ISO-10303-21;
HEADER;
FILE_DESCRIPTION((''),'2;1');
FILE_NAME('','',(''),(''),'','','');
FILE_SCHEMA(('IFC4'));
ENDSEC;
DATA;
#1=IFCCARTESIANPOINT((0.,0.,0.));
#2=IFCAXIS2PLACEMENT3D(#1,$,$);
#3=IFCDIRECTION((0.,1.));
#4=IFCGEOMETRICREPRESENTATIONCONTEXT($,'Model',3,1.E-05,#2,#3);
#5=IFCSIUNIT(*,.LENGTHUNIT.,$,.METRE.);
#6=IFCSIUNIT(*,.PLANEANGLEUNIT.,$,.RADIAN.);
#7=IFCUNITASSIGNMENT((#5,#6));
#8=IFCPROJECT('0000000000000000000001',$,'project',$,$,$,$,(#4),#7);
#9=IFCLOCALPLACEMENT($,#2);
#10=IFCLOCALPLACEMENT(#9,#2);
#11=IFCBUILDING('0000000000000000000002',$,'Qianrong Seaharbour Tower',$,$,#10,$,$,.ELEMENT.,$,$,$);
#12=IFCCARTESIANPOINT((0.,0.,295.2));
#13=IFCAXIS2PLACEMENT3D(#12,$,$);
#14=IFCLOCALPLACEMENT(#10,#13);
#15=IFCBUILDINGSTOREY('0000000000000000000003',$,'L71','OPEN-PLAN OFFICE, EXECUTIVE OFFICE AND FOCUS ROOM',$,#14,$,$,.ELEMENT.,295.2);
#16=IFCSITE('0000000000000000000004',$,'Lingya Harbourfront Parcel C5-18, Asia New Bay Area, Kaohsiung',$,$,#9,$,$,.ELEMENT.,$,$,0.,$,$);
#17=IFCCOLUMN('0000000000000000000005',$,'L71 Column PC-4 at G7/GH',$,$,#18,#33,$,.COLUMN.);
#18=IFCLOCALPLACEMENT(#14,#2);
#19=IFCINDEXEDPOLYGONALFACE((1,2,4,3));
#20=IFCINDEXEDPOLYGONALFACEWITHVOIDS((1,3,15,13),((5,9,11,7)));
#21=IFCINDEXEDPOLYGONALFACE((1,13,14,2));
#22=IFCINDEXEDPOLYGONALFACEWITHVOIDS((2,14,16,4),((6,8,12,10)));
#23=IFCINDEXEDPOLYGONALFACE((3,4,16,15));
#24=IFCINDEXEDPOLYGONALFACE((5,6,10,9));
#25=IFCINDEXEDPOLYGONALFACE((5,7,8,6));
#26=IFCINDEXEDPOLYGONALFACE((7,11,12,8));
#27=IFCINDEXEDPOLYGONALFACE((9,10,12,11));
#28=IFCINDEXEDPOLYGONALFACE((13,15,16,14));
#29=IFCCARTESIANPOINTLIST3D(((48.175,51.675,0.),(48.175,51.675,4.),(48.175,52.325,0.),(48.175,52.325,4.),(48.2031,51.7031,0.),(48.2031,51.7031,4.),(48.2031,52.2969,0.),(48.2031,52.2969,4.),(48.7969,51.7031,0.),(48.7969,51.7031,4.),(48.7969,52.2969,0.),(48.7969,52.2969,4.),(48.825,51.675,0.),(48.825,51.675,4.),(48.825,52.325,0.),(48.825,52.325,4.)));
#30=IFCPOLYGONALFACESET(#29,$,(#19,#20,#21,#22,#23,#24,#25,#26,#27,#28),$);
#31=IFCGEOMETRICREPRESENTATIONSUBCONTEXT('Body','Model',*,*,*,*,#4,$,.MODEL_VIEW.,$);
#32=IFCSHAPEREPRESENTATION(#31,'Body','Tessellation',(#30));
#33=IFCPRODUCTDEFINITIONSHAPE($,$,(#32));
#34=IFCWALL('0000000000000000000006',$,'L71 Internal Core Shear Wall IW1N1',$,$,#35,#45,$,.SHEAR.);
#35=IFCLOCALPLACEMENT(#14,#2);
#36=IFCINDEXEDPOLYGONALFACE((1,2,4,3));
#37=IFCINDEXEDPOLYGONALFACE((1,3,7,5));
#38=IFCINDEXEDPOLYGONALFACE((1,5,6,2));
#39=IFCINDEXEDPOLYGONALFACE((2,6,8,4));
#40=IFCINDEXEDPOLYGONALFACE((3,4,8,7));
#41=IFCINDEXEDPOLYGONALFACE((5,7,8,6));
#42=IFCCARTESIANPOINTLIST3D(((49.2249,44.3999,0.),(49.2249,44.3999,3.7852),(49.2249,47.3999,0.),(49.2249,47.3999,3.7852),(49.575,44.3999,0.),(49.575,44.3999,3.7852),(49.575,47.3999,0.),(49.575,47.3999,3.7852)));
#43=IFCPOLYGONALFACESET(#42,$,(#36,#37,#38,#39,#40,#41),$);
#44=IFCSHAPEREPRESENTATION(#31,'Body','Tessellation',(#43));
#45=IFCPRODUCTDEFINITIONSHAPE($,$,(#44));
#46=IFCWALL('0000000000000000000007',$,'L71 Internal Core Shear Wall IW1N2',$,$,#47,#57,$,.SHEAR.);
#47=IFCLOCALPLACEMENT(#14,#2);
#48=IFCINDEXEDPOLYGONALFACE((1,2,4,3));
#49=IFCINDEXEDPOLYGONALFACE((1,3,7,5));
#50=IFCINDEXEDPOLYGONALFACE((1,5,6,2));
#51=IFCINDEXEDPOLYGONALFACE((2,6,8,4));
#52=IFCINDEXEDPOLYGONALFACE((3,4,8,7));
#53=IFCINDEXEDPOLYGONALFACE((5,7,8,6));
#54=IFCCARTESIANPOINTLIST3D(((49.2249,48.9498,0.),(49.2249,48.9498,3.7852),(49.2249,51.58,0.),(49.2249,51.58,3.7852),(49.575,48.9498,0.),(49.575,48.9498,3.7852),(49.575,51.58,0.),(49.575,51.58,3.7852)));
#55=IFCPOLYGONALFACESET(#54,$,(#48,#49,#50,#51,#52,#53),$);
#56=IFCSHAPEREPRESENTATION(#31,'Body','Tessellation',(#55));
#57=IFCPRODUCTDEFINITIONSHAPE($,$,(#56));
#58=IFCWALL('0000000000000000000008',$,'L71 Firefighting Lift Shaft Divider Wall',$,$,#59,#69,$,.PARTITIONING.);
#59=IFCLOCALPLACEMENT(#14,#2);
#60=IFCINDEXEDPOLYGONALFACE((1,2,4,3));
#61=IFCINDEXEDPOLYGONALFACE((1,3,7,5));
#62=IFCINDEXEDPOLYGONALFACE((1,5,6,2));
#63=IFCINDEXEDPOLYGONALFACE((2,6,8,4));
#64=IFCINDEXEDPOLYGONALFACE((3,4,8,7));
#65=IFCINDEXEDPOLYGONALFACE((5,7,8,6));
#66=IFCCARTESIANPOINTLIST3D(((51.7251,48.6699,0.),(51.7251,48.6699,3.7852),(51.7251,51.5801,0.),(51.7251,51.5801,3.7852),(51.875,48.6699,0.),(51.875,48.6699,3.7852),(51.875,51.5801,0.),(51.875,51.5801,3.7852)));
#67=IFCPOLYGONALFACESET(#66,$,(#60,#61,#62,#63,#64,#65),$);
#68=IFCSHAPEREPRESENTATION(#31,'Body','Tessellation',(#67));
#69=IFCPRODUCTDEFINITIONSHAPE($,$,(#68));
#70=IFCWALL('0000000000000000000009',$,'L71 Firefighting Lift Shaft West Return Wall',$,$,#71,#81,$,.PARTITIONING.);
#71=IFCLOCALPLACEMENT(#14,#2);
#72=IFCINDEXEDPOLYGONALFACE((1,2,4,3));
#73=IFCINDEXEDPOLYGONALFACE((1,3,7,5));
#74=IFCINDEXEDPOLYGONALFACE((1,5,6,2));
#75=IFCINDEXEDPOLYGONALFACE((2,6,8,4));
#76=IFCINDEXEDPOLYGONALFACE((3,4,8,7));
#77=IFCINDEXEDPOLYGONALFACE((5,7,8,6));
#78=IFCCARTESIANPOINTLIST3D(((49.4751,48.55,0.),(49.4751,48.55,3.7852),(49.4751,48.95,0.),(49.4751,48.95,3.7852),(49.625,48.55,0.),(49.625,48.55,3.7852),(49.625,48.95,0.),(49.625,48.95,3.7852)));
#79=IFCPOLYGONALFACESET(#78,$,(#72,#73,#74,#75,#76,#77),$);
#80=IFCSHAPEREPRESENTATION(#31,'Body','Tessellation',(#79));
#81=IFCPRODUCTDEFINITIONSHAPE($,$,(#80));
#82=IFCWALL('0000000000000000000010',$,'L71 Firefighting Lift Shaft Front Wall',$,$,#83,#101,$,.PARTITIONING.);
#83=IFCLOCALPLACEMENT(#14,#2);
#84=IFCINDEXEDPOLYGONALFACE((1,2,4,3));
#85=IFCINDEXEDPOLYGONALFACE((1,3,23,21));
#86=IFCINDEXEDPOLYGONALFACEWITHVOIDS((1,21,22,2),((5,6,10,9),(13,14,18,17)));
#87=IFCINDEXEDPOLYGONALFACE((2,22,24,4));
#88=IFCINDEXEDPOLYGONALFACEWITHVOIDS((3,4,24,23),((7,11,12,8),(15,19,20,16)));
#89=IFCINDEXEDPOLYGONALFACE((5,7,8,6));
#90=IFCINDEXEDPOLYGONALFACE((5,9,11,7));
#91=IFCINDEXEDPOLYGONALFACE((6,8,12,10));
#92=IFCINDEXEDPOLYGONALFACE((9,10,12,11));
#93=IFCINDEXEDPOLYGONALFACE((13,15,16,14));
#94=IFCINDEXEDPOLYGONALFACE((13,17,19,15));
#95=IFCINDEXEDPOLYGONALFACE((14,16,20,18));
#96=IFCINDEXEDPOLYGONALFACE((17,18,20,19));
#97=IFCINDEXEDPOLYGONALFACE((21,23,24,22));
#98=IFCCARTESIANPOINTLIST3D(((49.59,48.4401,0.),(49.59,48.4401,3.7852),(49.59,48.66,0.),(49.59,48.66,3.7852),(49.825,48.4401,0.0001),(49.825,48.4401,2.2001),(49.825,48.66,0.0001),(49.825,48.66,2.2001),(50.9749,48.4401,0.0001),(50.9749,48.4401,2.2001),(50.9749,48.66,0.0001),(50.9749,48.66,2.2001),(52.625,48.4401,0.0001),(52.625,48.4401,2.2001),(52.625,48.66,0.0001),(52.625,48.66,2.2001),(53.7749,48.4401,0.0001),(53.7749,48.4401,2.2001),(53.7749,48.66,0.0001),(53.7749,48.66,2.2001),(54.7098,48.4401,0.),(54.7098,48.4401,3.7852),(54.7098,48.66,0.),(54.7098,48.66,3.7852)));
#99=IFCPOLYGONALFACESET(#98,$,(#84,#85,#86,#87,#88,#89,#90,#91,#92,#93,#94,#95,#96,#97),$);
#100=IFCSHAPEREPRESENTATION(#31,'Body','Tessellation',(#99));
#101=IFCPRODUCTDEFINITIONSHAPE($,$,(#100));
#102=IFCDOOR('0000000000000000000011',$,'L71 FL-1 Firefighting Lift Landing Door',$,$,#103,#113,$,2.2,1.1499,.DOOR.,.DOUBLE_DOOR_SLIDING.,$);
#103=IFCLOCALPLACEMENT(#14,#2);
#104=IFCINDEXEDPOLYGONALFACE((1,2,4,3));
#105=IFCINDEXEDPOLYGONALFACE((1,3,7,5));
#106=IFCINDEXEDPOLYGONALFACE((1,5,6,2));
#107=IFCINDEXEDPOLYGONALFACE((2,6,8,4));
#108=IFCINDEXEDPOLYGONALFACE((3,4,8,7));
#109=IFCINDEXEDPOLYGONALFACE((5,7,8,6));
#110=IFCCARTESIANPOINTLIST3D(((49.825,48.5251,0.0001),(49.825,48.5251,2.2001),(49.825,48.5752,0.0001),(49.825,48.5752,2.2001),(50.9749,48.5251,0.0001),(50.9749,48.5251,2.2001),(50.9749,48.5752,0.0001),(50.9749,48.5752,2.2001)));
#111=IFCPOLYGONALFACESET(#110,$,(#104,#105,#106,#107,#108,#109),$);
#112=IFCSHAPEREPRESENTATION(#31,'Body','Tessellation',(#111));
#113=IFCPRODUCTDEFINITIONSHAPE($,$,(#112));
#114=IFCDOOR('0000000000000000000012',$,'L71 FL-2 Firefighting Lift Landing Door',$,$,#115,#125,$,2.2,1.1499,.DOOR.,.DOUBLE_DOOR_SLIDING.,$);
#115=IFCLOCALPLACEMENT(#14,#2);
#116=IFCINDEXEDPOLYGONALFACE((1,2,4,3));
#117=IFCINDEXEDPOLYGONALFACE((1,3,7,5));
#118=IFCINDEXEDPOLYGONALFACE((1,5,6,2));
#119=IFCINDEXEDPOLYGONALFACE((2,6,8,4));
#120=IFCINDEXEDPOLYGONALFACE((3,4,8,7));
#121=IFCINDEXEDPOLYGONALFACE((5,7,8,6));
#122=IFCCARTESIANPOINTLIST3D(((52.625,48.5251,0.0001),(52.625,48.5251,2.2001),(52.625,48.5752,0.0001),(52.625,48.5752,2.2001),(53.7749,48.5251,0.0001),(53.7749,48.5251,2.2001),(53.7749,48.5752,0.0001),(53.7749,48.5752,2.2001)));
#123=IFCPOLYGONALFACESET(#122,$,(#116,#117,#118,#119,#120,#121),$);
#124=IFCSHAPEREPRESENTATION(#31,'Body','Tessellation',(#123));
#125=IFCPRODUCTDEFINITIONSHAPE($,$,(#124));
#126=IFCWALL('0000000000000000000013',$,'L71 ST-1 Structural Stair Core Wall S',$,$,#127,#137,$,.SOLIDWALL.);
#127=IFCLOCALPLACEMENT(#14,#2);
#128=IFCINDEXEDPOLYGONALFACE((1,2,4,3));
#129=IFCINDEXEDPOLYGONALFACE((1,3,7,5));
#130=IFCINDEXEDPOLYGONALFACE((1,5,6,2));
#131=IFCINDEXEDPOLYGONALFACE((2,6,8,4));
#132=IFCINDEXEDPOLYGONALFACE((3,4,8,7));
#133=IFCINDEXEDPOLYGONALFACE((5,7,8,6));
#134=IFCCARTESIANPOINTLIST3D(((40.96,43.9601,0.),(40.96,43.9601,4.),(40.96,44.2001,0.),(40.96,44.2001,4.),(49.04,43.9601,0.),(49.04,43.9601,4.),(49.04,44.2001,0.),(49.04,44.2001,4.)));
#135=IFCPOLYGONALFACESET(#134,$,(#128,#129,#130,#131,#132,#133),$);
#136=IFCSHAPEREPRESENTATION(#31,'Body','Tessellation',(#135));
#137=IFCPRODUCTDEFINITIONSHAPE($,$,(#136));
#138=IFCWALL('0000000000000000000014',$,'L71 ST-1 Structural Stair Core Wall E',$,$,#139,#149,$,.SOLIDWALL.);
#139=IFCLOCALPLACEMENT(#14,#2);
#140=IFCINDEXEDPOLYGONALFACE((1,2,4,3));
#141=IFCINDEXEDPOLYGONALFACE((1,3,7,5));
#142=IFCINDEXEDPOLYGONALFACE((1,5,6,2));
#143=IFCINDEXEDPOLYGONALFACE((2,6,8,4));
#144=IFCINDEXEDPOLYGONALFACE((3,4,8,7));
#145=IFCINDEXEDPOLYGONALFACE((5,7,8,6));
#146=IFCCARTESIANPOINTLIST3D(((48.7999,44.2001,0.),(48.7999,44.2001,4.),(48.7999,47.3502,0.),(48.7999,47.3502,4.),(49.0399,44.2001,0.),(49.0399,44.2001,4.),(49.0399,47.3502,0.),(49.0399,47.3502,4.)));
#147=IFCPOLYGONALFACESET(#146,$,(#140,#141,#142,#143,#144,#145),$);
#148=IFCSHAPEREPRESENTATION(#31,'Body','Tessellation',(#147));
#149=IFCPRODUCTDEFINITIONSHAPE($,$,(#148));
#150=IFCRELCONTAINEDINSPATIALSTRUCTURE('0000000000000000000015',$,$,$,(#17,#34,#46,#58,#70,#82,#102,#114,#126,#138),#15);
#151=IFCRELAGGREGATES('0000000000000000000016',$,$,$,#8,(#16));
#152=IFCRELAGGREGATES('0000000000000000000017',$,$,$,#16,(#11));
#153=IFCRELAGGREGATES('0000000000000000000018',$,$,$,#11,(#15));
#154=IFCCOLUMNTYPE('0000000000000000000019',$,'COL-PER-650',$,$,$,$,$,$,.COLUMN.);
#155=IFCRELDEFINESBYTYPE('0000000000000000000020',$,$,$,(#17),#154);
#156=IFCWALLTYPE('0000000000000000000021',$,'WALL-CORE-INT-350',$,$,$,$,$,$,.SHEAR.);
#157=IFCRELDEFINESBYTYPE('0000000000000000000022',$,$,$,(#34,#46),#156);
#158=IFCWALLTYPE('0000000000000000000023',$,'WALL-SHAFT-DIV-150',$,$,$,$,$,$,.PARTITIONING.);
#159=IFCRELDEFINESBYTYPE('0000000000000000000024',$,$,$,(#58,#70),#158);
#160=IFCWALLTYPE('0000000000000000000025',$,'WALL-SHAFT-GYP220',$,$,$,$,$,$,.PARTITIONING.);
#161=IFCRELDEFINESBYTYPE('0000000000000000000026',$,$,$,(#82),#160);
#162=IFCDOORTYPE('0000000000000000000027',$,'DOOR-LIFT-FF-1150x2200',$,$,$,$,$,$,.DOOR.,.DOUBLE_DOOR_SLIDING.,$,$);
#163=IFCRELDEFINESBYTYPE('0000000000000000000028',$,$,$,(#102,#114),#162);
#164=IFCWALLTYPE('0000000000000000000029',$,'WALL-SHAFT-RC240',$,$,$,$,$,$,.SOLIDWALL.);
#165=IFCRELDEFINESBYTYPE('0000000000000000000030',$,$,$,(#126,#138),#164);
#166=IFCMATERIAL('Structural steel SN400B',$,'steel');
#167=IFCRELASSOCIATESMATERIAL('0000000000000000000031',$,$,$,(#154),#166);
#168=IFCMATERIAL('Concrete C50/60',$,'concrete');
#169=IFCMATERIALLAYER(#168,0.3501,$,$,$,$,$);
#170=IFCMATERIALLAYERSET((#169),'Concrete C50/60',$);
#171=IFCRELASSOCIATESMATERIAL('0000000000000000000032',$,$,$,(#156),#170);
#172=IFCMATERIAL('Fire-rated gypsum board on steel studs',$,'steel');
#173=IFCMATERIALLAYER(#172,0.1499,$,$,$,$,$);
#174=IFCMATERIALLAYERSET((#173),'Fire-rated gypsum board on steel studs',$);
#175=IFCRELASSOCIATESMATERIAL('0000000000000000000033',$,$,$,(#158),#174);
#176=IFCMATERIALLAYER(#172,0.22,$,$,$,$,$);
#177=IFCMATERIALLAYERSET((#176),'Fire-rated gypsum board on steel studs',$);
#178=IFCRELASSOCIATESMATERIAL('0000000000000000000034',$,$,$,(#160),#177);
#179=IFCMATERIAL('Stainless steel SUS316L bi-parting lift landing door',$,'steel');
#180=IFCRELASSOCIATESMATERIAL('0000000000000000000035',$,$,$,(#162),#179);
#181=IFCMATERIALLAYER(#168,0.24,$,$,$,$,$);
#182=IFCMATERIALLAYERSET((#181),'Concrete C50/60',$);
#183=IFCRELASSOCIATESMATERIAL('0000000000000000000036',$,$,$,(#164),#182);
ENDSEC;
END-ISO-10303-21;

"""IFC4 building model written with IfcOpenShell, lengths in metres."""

from ifc_helpers import new_model, si_unit, direction, frame, frame_2d, origin, origin_2d, place, context, subcontext, project, spatial, rectangle, hollow_rectangle, extrude, material, layer, layer_set, material_profile, profile_set, type_object, element, fill, save


model = new_model("IFC4")

# Units and contexts
model_context = context("Model", 3, precision=1e-05, world=origin(), true_north=direction((0.0, 1.0)))
body_context = subcontext(model_context, "Body", "Model", "MODEL_VIEW")
ifc_project = project(units=[si_unit("LENGTHUNIT", "METRE"), si_unit("PLANEANGLEUNIT", "RADIAN")], contexts=[model_context])

# Site, building, storey
site_placement = place(None, origin())
site = spatial("IfcSite", under=ifc_project, at=site_placement, Name="Lingya Harbourfront Parcel C5-18, Asia New Bay Area, Kaohsiung", CompositionType="ELEMENT", RefElevation=0.0)
building_placement = place(site_placement, origin())
building = spatial("IfcBuilding", under=site, at=building_placement, Name="Qianrong Seaharbour Tower", CompositionType="ELEMENT")
storey_placement = place(building_placement, frame((0.0, 0.0, 295.2)))
storey = spatial("IfcBuildingStorey", under=building, at=storey_placement, Name="L71", Description="OPEN-PLAN OFFICE, EXECUTIVE OFFICE AND FOCUS ROOM", CompositionType="ELEMENT", Elevation=295.2)

# Column
ifc_material_1 = material(Name="Structural steel SN400B", Category="steel")
ifc_material_profile = material_profile(ifc_material_1, hollow_rectangle(XDim=0.6499, YDim=0.6499, WallThickness=0.0281, at=origin_2d()), Name="BOX650x650x28")
ifc_profile_set = profile_set([ifc_material_profile], Name="Structural steel SN400B")
column_type = type_object("IfcColumnType", Name="COL-PER-650", PredefinedType="COLUMN", material=ifc_profile_set)
column_placement = place(storey_placement, frame((48.5, 52.0, 0.0), z_axis=(0.0, 0.0, 1.0), x_axis=(1.0, 0.0, 0.0)))
element("IfcColumn", 1, at=column_placement, inside=storey, type_object=column_type, Name="L71 Column PC-4 at G7/GH", PredefinedType="COLUMN", context=body_context, shape_type="SweptSolid", body=[
    extrude(hollow_rectangle(XDim=0.6499, YDim=0.6499, WallThickness=0.0281, at=origin_2d()), origin(), (0.0, 0.0, 1.0), 4.0),
])

# Walls
ifc_material_2 = material(Name="Concrete C50/60", Category="concrete")
ifc_layer_1 = layer(ifc_material_2, 0.3501)
ifc_layer_set_1 = layer_set([ifc_layer_1], Name="Concrete C50/60")
wall_type_1 = type_object("IfcWallType", Name="WALL-CORE-INT-350", PredefinedType="SHEAR", material=ifc_layer_set_1)
wall_1_placement = place(storey_placement, frame((49.3999, 44.3999, 0.0), z_axis=(0.0, 0.0, 1.0), x_axis=(0.0, 1.0, 0.0)))
element("IfcWall", 2, at=wall_1_placement, inside=storey, type_object=wall_type_1, Name="L71 Internal Core Shear Wall IW1N1", PredefinedType="SHEAR", context=body_context, shape_type="SweptSolid", body=[
    extrude(rectangle(XDim=3.0, YDim=0.3501, at=frame_2d((1.5, 0.0))), origin(), (0.0, 0.0, 1.0), 3.7852),
])
wall_2_placement = place(storey_placement, frame((49.3999, 48.95, 0.0), z_axis=(0.0, 0.0, 1.0), x_axis=(0.0, 1.0, 0.0)))
element("IfcWall", 3, at=wall_2_placement, inside=storey, type_object=wall_type_1, Name="L71 Internal Core Shear Wall IW1N2", PredefinedType="SHEAR", context=body_context, shape_type="SweptSolid", body=[
    extrude(rectangle(XDim=2.6301, YDim=0.3501, at=frame_2d((1.3149, 0.0))), origin(), (0.0, 0.0, 1.0), 3.7852),
])

# Walls
ifc_material_3 = material(Name="Fire-rated gypsum board on steel studs", Category="steel")
ifc_layer_2 = layer(ifc_material_3, 0.1499)
ifc_layer_set_2 = layer_set([ifc_layer_2], Name="Fire-rated gypsum board on steel studs")
wall_type_2 = type_object("IfcWallType", Name="WALL-SHAFT-DIV-150", PredefinedType="PARTITIONING", material=ifc_layer_set_2)
wall_3_placement = place(storey_placement, frame((51.8, 48.6699, 0.0), z_axis=(0.0, 0.0, 1.0), x_axis=(0.0, 1.0, 0.0)))
element("IfcWall", 4, at=wall_3_placement, inside=storey, type_object=wall_type_2, Name="L71 Firefighting Lift Shaft Divider Wall", PredefinedType="PARTITIONING", context=body_context, shape_type="SweptSolid", body=[
    extrude(rectangle(XDim=2.9102, YDim=0.1499, at=frame_2d((1.4551, 0.0))), origin(), (0.0, 0.0, 1.0), 3.7852),
])
wall_4_placement = place(storey_placement, frame((49.55, 48.55, 0.0), z_axis=(0.0, 0.0, 1.0), x_axis=(0.0, 1.0, 0.0)))
element("IfcWall", 5, at=wall_4_placement, inside=storey, type_object=wall_type_2, Name="L71 Firefighting Lift Shaft West Return Wall", PredefinedType="PARTITIONING", context=body_context, shape_type="SweptSolid", body=[
    extrude(rectangle(XDim=0.3999, YDim=0.1499, at=frame_2d((0.2, 0.0))), origin(), (0.0, 0.0, 1.0), 3.7852),
])

# Wall, openings, doors
ifc_layer_3 = layer(ifc_material_3, 0.22)
ifc_layer_set_3 = layer_set([ifc_layer_3], Name="Fire-rated gypsum board on steel studs")
wall_type_3 = type_object("IfcWallType", Name="WALL-SHAFT-GYP220", PredefinedType="PARTITIONING", material=ifc_layer_set_3)
wall_5_placement = place(storey_placement, frame((54.71, 48.55, 0.0), z_axis=(0.0, 0.0, 1.0), x_axis=(-1.0, 0.0, 0.0)))
wall_5 = element("IfcWall", 6, at=wall_5_placement, inside=storey, type_object=wall_type_3, Name="L71 Firefighting Lift Shaft Front Wall", PredefinedType="PARTITIONING", context=body_context, shape_type="SweptSolid", body=[
    extrude(rectangle(XDim=5.1199, YDim=0.22, at=frame_2d((2.5601, 0.0))), origin(), (0.0, 0.0, 1.0), 3.7852),
])
opening_1_placement = place(wall_5_placement, frame((3.7351, 0.0, 0.0)))
opening_1 = element("IfcOpeningElement", 7, at=opening_1_placement, cuts=wall_5, PredefinedType="OPENING", context=body_context, shape_type="SweptSolid", body=[
    extrude(rectangle(XDim=1.1499, YDim=2.2, at=frame_2d((0.575, 1.1001))), frame((0.0, 0.1201, 0.0), z_axis=(0.0, -1.0, 0.0), x_axis=(1.0, 0.0, 0.0)), (0.0, 0.0, 1.0), 0.24),
])
opening_2_placement = place(wall_5_placement, frame((0.9351, 0.0, 0.0)))
opening_2 = element("IfcOpeningElement", 8, at=opening_2_placement, cuts=wall_5, PredefinedType="OPENING", context=body_context, shape_type="SweptSolid", body=[
    extrude(rectangle(XDim=1.1499, YDim=2.2, at=frame_2d((0.575, 1.1001))), frame((0.0, 0.1201, 0.0), z_axis=(0.0, -1.0, 0.0), x_axis=(1.0, 0.0, 0.0)), (0.0, 0.0, 1.0), 0.24),
])
ifc_material_4 = material(Name="Stainless steel SUS316L bi-parting lift landing door", Category="steel")
door_type_1 = type_object("IfcDoorType", Name="DOOR-LIFT-FF-1150x2200", OperationType="DOUBLE_DOOR_SLIDING", PredefinedType="DOOR", material=ifc_material_4)
door_1_placement = place(opening_1_placement, origin())
door_1 = element("IfcDoor", 9, at=door_1_placement, inside=storey, type_object=door_type_1, Name="L71 FL-1 Firefighting Lift Landing Door", OperationType="DOUBLE_DOOR_SLIDING", OverallHeight=2.2, OverallWidth=1.1499, PredefinedType="DOOR", context=body_context, shape_type="SweptSolid", body=[
    extrude(rectangle(XDim=1.1499, YDim=2.2, at=frame_2d((0.575, 1.1001))), frame((0.0, 0.0249, 0.0), z_axis=(0.0, -1.0, 0.0), x_axis=(1.0, 0.0, 0.0)), (0.0, 0.0, 1.0), 0.05),
])
fill(opening_1, door_1)
door_2_placement = place(opening_2_placement, origin())
door_2 = element("IfcDoor", 10, at=door_2_placement, inside=storey, type_object=door_type_1, Name="L71 FL-2 Firefighting Lift Landing Door", OperationType="DOUBLE_DOOR_SLIDING", OverallHeight=2.2, OverallWidth=1.1499, PredefinedType="DOOR", context=body_context, shape_type="SweptSolid", body=[
    extrude(rectangle(XDim=1.1499, YDim=2.2, at=frame_2d((0.575, 1.1001))), frame((0.0, 0.0249, 0.0), z_axis=(0.0, -1.0, 0.0), x_axis=(1.0, 0.0, 0.0)), (0.0, 0.0, 1.0), 0.05),
])
fill(opening_2, door_2)

# Walls
ifc_layer_4 = layer(ifc_material_2, 0.24)
ifc_layer_set_4 = layer_set([ifc_layer_4], Name="Concrete C50/60")
wall_type_4 = type_object("IfcWallType", Name="WALL-SHAFT-RC240", PredefinedType="SOLIDWALL", material=ifc_layer_set_4)
wall_6_placement = place(storey_placement, frame((49.04, 44.0801, 0.0), z_axis=(0.0, 0.0, 1.0), x_axis=(-1.0, 0.0, 0.0)))
element("IfcWall", 11, at=wall_6_placement, inside=storey, type_object=wall_type_4, Name="L71 ST-1 Structural Stair Core Wall S", PredefinedType="SOLIDWALL", context=body_context, shape_type="SweptSolid", body=[
    extrude(rectangle(XDim=8.0801, YDim=0.24, at=frame_2d((4.04, 0.0))), origin(), (0.0, 0.0, 1.0), 4.0),
])
wall_7_placement = place(storey_placement, frame((48.9199, 44.2, 0.0), z_axis=(0.0, 0.0, 1.0), x_axis=(0.0, 1.0, 0.0)))
element("IfcWall", 12, at=wall_7_placement, inside=storey, type_object=wall_type_4, Name="L71 ST-1 Structural Stair Core Wall E", PredefinedType="SOLIDWALL", context=body_context, shape_type="SweptSolid", body=[
    extrude(rectangle(XDim=3.1501, YDim=0.24, at=frame_2d((1.5752, 0.0))), origin(), (0.0, 0.0, 1.0), 4.0),
])

save(model, "model.ifc")
